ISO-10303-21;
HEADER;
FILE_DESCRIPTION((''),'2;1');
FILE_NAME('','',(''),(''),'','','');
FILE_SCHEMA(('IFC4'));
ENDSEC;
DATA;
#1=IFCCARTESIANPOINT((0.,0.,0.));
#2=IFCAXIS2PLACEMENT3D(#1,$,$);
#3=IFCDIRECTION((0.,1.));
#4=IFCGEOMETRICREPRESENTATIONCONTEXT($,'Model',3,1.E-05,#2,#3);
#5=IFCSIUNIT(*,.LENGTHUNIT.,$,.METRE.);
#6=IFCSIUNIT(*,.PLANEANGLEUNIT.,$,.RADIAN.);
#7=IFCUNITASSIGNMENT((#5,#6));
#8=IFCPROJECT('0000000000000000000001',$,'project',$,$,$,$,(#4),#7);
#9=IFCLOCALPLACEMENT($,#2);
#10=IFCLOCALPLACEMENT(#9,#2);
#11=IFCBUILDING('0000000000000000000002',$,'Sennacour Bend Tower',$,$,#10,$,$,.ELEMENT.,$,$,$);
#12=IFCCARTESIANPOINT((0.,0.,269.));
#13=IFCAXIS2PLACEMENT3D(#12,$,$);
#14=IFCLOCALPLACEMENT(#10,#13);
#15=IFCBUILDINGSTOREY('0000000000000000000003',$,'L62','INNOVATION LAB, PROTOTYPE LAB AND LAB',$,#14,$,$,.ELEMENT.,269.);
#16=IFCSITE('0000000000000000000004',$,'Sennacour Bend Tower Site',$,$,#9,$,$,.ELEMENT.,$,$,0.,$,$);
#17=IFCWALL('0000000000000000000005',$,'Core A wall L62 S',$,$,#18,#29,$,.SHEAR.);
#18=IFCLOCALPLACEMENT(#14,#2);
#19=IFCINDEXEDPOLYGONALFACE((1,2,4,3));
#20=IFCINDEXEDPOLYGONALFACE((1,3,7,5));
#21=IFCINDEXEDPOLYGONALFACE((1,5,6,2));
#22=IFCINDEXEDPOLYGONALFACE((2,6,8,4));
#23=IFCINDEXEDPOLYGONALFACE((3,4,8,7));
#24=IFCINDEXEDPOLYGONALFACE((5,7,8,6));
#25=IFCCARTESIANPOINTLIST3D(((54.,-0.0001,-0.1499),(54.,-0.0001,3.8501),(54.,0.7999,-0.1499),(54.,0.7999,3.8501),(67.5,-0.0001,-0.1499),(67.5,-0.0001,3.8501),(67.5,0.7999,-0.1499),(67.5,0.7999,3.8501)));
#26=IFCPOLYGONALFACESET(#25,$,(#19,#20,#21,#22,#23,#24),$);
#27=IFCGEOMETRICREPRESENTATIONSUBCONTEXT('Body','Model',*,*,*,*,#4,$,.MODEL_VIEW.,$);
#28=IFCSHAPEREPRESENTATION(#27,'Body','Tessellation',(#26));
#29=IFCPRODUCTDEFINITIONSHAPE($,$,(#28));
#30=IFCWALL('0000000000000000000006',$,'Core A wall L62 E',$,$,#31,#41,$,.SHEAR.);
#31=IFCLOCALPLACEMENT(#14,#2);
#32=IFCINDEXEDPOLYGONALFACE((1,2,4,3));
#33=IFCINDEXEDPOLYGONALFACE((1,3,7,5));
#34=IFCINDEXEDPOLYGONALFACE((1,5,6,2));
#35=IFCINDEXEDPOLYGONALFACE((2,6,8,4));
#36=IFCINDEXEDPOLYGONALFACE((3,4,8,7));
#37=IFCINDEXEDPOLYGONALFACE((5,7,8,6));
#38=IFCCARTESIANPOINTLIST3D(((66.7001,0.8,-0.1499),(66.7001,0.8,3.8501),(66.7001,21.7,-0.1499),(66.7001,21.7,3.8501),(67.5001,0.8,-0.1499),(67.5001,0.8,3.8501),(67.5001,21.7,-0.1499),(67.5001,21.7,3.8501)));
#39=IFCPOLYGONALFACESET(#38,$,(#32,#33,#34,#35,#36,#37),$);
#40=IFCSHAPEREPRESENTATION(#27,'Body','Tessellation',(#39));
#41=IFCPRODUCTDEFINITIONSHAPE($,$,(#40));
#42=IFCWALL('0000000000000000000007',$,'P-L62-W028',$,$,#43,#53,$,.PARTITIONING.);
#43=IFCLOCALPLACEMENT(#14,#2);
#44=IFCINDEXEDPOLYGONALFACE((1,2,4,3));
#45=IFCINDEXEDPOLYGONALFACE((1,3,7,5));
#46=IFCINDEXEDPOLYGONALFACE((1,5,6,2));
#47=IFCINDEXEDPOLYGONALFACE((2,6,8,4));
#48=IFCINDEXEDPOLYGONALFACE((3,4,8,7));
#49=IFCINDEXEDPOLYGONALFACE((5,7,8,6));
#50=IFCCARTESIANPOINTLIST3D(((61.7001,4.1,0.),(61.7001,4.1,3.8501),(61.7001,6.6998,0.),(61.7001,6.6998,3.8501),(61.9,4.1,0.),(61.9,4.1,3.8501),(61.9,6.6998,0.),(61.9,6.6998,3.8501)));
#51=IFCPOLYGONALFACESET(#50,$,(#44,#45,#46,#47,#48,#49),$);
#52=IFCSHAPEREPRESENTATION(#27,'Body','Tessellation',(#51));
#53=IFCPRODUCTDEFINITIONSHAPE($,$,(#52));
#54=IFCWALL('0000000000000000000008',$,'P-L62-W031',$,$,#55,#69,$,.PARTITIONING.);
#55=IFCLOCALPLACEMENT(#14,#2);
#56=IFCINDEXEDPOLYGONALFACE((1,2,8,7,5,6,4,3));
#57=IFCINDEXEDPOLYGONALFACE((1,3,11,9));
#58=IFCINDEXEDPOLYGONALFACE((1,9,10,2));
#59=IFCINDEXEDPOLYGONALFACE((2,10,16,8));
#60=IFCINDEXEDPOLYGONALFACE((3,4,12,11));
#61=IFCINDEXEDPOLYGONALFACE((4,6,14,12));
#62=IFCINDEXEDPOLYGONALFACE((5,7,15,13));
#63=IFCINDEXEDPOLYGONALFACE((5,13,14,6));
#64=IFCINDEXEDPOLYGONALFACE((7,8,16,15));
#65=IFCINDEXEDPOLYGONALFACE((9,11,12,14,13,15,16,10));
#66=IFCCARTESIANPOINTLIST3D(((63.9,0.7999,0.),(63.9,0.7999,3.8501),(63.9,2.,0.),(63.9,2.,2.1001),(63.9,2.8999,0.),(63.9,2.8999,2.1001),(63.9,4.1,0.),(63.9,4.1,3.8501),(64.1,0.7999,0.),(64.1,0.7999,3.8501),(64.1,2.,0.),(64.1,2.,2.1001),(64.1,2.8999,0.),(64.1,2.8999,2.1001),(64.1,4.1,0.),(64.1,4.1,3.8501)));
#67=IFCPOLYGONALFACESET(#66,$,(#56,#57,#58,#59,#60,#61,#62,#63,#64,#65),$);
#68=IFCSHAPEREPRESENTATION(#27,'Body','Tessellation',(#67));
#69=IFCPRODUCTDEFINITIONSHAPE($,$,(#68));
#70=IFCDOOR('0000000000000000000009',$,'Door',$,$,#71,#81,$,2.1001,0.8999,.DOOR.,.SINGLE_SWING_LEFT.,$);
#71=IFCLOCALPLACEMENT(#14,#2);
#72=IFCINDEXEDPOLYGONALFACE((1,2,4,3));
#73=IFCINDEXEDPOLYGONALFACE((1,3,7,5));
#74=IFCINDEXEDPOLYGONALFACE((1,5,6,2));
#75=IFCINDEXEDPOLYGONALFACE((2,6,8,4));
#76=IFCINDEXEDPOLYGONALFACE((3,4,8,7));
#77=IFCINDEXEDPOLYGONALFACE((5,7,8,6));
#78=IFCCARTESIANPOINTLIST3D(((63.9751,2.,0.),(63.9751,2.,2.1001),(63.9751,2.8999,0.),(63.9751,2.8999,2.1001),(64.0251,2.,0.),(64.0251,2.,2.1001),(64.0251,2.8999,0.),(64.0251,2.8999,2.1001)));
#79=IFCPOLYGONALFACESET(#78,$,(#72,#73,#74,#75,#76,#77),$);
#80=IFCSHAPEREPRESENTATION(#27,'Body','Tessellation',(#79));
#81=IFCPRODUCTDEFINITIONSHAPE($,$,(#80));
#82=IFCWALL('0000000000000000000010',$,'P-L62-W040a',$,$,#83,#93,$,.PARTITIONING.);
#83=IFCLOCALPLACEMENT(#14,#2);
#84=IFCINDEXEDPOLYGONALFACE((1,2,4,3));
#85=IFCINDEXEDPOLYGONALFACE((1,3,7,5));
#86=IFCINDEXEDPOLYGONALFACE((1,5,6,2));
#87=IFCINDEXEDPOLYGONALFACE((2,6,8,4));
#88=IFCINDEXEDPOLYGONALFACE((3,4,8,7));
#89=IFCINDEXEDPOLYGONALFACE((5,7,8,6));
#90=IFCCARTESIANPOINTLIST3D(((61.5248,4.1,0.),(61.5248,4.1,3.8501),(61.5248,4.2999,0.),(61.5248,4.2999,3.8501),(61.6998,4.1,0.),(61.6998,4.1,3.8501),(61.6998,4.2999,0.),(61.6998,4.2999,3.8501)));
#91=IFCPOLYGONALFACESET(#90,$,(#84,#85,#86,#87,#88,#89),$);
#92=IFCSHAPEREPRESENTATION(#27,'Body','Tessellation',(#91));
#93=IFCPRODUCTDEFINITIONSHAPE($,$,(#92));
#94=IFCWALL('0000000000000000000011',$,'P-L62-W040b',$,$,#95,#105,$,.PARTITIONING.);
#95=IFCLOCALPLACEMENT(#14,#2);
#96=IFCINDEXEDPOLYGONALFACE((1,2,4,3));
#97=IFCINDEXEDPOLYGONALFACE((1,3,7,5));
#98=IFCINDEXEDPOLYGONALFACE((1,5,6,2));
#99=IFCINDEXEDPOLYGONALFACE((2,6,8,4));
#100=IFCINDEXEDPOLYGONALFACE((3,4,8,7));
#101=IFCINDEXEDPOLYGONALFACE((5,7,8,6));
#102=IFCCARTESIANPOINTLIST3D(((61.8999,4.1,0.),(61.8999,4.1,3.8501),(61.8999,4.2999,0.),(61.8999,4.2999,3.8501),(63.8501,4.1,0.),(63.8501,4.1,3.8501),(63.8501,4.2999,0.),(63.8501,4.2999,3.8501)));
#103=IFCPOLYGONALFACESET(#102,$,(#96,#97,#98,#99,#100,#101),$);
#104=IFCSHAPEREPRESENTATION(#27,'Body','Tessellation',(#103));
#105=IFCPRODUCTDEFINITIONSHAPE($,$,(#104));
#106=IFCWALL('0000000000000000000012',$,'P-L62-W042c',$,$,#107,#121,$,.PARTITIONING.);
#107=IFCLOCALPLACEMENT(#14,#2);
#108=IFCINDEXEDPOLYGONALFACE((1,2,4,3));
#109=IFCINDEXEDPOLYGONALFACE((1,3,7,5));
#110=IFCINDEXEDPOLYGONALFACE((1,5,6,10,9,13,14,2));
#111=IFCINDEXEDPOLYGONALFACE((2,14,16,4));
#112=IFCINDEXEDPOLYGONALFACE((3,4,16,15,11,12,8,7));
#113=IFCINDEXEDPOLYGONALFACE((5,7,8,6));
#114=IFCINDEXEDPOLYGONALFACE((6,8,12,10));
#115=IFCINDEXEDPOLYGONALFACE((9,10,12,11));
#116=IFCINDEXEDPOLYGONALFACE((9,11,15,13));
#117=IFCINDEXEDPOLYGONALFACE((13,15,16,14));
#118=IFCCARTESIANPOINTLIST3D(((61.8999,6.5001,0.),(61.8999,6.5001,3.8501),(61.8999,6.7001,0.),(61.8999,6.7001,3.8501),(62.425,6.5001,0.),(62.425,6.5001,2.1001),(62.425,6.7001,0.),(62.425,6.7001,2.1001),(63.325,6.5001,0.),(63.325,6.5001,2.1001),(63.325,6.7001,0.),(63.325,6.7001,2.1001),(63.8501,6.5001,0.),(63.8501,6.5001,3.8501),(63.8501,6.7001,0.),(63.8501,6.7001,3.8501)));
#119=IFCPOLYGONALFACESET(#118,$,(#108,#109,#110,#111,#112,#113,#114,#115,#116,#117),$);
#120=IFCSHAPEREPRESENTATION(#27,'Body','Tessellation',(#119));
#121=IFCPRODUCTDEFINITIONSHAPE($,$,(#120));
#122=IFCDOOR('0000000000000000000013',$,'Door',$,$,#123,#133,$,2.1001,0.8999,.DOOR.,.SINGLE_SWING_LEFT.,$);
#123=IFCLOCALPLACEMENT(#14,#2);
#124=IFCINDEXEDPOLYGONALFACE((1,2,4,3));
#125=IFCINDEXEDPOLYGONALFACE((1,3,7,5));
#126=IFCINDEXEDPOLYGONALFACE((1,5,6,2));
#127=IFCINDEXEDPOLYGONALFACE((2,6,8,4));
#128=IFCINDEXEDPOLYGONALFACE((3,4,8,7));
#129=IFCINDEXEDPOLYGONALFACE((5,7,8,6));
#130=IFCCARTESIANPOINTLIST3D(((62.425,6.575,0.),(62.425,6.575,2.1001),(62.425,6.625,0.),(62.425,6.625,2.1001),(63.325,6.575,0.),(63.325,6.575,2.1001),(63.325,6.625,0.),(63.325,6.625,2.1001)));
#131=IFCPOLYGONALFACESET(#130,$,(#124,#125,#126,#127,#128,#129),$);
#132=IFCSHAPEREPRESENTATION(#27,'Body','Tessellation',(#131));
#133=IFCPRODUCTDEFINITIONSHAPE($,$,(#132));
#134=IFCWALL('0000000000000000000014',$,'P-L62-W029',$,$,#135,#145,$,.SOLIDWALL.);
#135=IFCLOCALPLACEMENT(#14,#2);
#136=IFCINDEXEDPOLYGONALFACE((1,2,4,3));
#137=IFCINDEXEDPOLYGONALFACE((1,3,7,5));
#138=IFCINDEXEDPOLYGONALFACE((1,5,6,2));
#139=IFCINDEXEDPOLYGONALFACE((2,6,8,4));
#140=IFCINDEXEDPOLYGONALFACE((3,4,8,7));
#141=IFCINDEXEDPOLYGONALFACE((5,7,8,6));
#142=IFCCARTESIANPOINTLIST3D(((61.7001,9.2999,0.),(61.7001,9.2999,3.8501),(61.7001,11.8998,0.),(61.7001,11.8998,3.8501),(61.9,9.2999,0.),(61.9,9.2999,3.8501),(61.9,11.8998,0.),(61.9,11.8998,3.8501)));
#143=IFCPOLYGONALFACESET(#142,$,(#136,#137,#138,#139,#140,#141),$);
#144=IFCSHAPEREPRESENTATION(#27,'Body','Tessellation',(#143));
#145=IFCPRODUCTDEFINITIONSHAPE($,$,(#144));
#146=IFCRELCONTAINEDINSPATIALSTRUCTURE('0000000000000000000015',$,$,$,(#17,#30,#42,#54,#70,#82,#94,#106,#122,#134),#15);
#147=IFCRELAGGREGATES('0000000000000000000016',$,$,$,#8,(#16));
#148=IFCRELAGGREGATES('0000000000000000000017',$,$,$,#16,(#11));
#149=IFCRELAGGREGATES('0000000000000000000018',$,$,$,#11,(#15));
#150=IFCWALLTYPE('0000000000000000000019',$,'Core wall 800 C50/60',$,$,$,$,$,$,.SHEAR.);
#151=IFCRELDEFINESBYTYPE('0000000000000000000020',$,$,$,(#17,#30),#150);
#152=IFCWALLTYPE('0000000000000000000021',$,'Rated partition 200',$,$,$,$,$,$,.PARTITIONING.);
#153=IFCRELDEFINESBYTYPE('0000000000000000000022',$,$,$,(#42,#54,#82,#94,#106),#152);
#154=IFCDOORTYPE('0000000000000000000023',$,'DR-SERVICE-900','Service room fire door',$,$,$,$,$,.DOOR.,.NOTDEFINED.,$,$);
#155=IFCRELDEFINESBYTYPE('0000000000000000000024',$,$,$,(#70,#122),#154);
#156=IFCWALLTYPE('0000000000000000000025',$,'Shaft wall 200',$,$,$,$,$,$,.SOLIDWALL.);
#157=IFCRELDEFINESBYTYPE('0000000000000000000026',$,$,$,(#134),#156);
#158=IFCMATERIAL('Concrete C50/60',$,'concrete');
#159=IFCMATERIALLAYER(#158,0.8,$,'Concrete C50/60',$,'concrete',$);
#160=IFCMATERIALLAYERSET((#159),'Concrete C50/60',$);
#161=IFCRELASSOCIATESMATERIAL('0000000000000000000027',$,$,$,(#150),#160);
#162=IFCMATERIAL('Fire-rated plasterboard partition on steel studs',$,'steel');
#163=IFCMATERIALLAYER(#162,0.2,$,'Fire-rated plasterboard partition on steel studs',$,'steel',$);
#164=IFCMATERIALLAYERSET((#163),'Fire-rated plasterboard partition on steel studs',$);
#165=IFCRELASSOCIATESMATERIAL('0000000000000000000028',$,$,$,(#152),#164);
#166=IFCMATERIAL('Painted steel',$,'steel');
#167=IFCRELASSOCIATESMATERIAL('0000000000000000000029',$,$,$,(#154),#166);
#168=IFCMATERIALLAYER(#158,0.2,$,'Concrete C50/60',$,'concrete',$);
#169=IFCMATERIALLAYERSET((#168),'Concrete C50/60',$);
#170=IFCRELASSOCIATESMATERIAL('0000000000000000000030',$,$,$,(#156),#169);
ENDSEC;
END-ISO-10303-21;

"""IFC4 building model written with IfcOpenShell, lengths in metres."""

from ifc_helpers import new_model, si_unit, direction, frame, frame_2d, origin, place, context, subcontext, project, spatial, rectangle, extrude, material, layer, layer_set, type_object, element, fill, save


model = new_model("IFC4")

# Units and contexts
model_context = context("Model", 3, precision=1e-05, world=origin(), true_north=direction((0.0, 1.0)))
body_context = subcontext(model_context, "Body", "Model", "MODEL_VIEW")
ifc_project = project(units=[si_unit("LENGTHUNIT", "METRE"), si_unit("PLANEANGLEUNIT", "RADIAN")], contexts=[model_context])

# Site, building, storey
site_placement = place(None, origin())
site = spatial("IfcSite", under=ifc_project, at=site_placement, Name="Sennacour Bend Tower Site", CompositionType="ELEMENT", RefElevation=0.0)
building_placement = place(site_placement, origin())
building = spatial("IfcBuilding", under=site, at=building_placement, Name="Sennacour Bend Tower", CompositionType="ELEMENT")
storey_placement = place(building_placement, frame((0.0, 0.0, 269.0)))
storey = spatial("IfcBuildingStorey", under=building, at=storey_placement, Name="L62", Description="INNOVATION LAB, PROTOTYPE LAB AND LAB", CompositionType="ELEMENT", Elevation=269.0)

# Walls
ifc_material_1 = material(Name="Concrete C50/60", Category="concrete")
ifc_layer_1 = layer(ifc_material_1, 0.8, Name="Concrete C50/60", Category="concrete")
ifc_layer_set_1 = layer_set([ifc_layer_1], Name="Concrete C50/60")
wall_type_1 = type_object("IfcWallType", Name="Core wall 800 C50/60", PredefinedType="SHEAR", material=ifc_layer_set_1)
wall_1_placement = place(storey_placement, frame((67.5, 0.3999, -0.1499), z_axis=(0.0, 0.0, 1.0), x_axis=(-1.0, 0.0, 0.0)))
element("IfcWall", 1, at=wall_1_placement, inside=storey, type_object=wall_type_1, Name="Core A wall L62 S", PredefinedType="SHEAR", context=body_context, shape_type="SweptSolid", body=[
    extrude(rectangle(XDim=13.5, YDim=0.8, at=frame_2d((6.75, 0.0))), origin(), (0.0, 0.0, 1.0), 4.0),
])
wall_2_placement = place(storey_placement, frame((67.1001, 0.8, -0.1499), z_axis=(0.0, 0.0, 1.0), x_axis=(0.0, 1.0, 0.0)))
element("IfcWall", 2, at=wall_2_placement, inside=storey, type_object=wall_type_1, Name="Core A wall L62 E", PredefinedType="SHEAR", context=body_context, shape_type="SweptSolid", body=[
    extrude(rectangle(XDim=20.8999, YDim=0.8, at=frame_2d((10.45, 0.0))), origin(), (0.0, 0.0, 1.0), 4.0),
])
ifc_material_2 = material(Name="Fire-rated plasterboard partition on steel studs", Category="steel")
ifc_layer_2 = layer(ifc_material_2, 0.2, Name="Fire-rated plasterboard partition on steel studs", Category="steel")
ifc_layer_set_2 = layer_set([ifc_layer_2], Name="Fire-rated plasterboard partition on steel studs")
wall_type_2 = type_object("IfcWallType", Name="Rated partition 200", PredefinedType="PARTITIONING", material=ifc_layer_set_2)
wall_3_placement = place(storey_placement, frame((61.8, 4.1001, 0.0), z_axis=(0.0, 0.0, 1.0), x_axis=(0.0, 1.0, 0.0)))
element("IfcWall", 3, at=wall_3_placement, inside=storey, type_object=wall_type_2, Name="P-L62-W028", PredefinedType="PARTITIONING", context=body_context, shape_type="SweptSolid", body=[
    extrude(rectangle(XDim=2.5999, YDim=0.2, at=frame_2d((1.2998, 0.0))), origin(), (0.0, 0.0, 1.0), 3.8501),
])

# Wall, opening, door
wall_4_placement = place(storey_placement, frame((64.0, 0.8, 0.0), z_axis=(0.0, 0.0, 1.0), x_axis=(0.0, 1.0, 0.0)))
wall_4 = element("IfcWall", 4, at=wall_4_placement, inside=storey, type_object=wall_type_2, Name="P-L62-W031", PredefinedType="PARTITIONING", context=body_context, shape_type="SweptSolid", body=[
    extrude(rectangle(XDim=3.3, YDim=0.2, at=frame_2d((1.6499, 0.0))), origin(), (0.0, 0.0, 1.0), 3.8501),
])
opening_1_placement = place(wall_4_placement, frame((1.2, 0.0, 0.0)))
opening_1 = element("IfcOpeningElement", 5, at=opening_1_placement, cuts=wall_4, PredefinedType="OPENING", context=body_context, shape_type="SweptSolid", body=[
    extrude(rectangle(XDim=0.8999, YDim=2.1001, at=frame_2d((0.45, 1.05))), frame((0.0, 0.1099, 0.0), z_axis=(0.0, -1.0, 0.0), x_axis=(1.0, 0.0, 0.0)), (0.0, 0.0, 1.0), 0.22),
])
ifc_material_3 = material(Name="Painted steel", Category="steel")
door_type_1 = type_object("IfcDoorType", Name="DR-SERVICE-900", Description="Service room fire door", OperationType="NOTDEFINED", PredefinedType="DOOR", material=ifc_material_3)
door_1_placement = place(opening_1_placement, origin())
door_1 = element("IfcDoor", 6, at=door_1_placement, inside=storey, type_object=door_type_1, Name="Door", OperationType="SINGLE_SWING_LEFT", OverallHeight=2.1001, OverallWidth=0.8999, PredefinedType="DOOR", context=body_context, shape_type="SweptSolid", body=[
    extrude(rectangle(XDim=0.8999, YDim=2.1001, at=frame_2d((0.45, 1.05))), frame((0.0, 0.0249, 0.0), z_axis=(0.0, -1.0, 0.0), x_axis=(1.0, 0.0, 0.0)), (0.0, 0.0, 1.0), 0.05),
])
fill(opening_1, door_1)

# Walls
wall_5_placement = place(storey_placement, frame((61.5249, 4.2, 0.0), z_axis=(0.0, 0.0, 1.0), x_axis=(1.0, 0.0, 0.0)))
element("IfcWall", 7, at=wall_5_placement, inside=storey, type_object=wall_type_2, Name="P-L62-W040a", PredefinedType="PARTITIONING", context=body_context, shape_type="SweptSolid", body=[
    extrude(rectangle(XDim=0.175, YDim=0.2, at=frame_2d((0.0874, 0.0))), origin(), (0.0, 0.0, 1.0), 3.8501),
])
wall_6_placement = place(storey_placement, frame((61.8999, 4.2, 0.0), z_axis=(0.0, 0.0, 1.0), x_axis=(1.0, 0.0, 0.0)))
element("IfcWall", 8, at=wall_6_placement, inside=storey, type_object=wall_type_2, Name="P-L62-W040b", PredefinedType="PARTITIONING", context=body_context, shape_type="SweptSolid", body=[
    extrude(rectangle(XDim=1.9502, YDim=0.2, at=frame_2d((0.9751, 0.0))), origin(), (0.0, 0.0, 1.0), 3.8501),
])

# Wall, opening, door
wall_7_placement = place(storey_placement, frame((61.8999, 6.6001, 0.0), z_axis=(0.0, 0.0, 1.0), x_axis=(1.0, 0.0, 0.0)))
wall_7 = element("IfcWall", 9, at=wall_7_placement, inside=storey, type_object=wall_type_2, Name="P-L62-W042c", PredefinedType="PARTITIONING", context=body_context, shape_type="SweptSolid", body=[
    extrude(rectangle(XDim=1.9502, YDim=0.2, at=frame_2d((0.9751, 0.0))), origin(), (0.0, 0.0, 1.0), 3.8501),
])
opening_2_placement = place(wall_7_placement, frame((0.5251, 0.0, 0.0)))
opening_2 = element("IfcOpeningElement", 10, at=opening_2_placement, cuts=wall_7, PredefinedType="OPENING", context=body_context, shape_type="SweptSolid", body=[
    extrude(rectangle(XDim=0.8999, YDim=2.1001, at=frame_2d((0.45, 1.05))), frame((0.0, 0.1099, 0.0), z_axis=(0.0, -1.0, 0.0), x_axis=(1.0, 0.0, 0.0)), (0.0, 0.0, 1.0), 0.22),
])
door_2_placement = place(opening_2_placement, origin())
door_2 = element("IfcDoor", 11, at=door_2_placement, inside=storey, type_object=door_type_1, Name="Door", OperationType="SINGLE_SWING_LEFT", OverallHeight=2.1001, OverallWidth=0.8999, PredefinedType="DOOR", context=body_context, shape_type="SweptSolid", body=[
    extrude(rectangle(XDim=0.8999, YDim=2.1001, at=frame_2d((0.45, 1.05))), frame((0.0, 0.0249, 0.0), z_axis=(0.0, -1.0, 0.0), x_axis=(1.0, 0.0, 0.0)), (0.0, 0.0, 1.0), 0.05),
])
fill(opening_2, door_2)

# Wall
ifc_layer_3 = layer(ifc_material_1, 0.2, Name="Concrete C50/60", Category="concrete")
ifc_layer_set_3 = layer_set([ifc_layer_3], Name="Concrete C50/60")
wall_type_3 = type_object("IfcWallType", Name="Shaft wall 200", PredefinedType="SOLIDWALL", material=ifc_layer_set_3)
wall_8_placement = place(storey_placement, frame((61.8, 9.3, 0.0), z_axis=(0.0, 0.0, 1.0), x_axis=(0.0, 1.0, 0.0)))
element("IfcWall", 12, at=wall_8_placement, inside=storey, type_object=wall_type_3, Name="P-L62-W029", PredefinedType="SOLIDWALL", context=body_context, shape_type="SweptSolid", body=[
    extrude(rectangle(XDim=2.5999, YDim=0.2, at=frame_2d((1.2998, 0.0))), origin(), (0.0, 0.0, 1.0), 3.8501),
])

save(model, "model.ifc")
